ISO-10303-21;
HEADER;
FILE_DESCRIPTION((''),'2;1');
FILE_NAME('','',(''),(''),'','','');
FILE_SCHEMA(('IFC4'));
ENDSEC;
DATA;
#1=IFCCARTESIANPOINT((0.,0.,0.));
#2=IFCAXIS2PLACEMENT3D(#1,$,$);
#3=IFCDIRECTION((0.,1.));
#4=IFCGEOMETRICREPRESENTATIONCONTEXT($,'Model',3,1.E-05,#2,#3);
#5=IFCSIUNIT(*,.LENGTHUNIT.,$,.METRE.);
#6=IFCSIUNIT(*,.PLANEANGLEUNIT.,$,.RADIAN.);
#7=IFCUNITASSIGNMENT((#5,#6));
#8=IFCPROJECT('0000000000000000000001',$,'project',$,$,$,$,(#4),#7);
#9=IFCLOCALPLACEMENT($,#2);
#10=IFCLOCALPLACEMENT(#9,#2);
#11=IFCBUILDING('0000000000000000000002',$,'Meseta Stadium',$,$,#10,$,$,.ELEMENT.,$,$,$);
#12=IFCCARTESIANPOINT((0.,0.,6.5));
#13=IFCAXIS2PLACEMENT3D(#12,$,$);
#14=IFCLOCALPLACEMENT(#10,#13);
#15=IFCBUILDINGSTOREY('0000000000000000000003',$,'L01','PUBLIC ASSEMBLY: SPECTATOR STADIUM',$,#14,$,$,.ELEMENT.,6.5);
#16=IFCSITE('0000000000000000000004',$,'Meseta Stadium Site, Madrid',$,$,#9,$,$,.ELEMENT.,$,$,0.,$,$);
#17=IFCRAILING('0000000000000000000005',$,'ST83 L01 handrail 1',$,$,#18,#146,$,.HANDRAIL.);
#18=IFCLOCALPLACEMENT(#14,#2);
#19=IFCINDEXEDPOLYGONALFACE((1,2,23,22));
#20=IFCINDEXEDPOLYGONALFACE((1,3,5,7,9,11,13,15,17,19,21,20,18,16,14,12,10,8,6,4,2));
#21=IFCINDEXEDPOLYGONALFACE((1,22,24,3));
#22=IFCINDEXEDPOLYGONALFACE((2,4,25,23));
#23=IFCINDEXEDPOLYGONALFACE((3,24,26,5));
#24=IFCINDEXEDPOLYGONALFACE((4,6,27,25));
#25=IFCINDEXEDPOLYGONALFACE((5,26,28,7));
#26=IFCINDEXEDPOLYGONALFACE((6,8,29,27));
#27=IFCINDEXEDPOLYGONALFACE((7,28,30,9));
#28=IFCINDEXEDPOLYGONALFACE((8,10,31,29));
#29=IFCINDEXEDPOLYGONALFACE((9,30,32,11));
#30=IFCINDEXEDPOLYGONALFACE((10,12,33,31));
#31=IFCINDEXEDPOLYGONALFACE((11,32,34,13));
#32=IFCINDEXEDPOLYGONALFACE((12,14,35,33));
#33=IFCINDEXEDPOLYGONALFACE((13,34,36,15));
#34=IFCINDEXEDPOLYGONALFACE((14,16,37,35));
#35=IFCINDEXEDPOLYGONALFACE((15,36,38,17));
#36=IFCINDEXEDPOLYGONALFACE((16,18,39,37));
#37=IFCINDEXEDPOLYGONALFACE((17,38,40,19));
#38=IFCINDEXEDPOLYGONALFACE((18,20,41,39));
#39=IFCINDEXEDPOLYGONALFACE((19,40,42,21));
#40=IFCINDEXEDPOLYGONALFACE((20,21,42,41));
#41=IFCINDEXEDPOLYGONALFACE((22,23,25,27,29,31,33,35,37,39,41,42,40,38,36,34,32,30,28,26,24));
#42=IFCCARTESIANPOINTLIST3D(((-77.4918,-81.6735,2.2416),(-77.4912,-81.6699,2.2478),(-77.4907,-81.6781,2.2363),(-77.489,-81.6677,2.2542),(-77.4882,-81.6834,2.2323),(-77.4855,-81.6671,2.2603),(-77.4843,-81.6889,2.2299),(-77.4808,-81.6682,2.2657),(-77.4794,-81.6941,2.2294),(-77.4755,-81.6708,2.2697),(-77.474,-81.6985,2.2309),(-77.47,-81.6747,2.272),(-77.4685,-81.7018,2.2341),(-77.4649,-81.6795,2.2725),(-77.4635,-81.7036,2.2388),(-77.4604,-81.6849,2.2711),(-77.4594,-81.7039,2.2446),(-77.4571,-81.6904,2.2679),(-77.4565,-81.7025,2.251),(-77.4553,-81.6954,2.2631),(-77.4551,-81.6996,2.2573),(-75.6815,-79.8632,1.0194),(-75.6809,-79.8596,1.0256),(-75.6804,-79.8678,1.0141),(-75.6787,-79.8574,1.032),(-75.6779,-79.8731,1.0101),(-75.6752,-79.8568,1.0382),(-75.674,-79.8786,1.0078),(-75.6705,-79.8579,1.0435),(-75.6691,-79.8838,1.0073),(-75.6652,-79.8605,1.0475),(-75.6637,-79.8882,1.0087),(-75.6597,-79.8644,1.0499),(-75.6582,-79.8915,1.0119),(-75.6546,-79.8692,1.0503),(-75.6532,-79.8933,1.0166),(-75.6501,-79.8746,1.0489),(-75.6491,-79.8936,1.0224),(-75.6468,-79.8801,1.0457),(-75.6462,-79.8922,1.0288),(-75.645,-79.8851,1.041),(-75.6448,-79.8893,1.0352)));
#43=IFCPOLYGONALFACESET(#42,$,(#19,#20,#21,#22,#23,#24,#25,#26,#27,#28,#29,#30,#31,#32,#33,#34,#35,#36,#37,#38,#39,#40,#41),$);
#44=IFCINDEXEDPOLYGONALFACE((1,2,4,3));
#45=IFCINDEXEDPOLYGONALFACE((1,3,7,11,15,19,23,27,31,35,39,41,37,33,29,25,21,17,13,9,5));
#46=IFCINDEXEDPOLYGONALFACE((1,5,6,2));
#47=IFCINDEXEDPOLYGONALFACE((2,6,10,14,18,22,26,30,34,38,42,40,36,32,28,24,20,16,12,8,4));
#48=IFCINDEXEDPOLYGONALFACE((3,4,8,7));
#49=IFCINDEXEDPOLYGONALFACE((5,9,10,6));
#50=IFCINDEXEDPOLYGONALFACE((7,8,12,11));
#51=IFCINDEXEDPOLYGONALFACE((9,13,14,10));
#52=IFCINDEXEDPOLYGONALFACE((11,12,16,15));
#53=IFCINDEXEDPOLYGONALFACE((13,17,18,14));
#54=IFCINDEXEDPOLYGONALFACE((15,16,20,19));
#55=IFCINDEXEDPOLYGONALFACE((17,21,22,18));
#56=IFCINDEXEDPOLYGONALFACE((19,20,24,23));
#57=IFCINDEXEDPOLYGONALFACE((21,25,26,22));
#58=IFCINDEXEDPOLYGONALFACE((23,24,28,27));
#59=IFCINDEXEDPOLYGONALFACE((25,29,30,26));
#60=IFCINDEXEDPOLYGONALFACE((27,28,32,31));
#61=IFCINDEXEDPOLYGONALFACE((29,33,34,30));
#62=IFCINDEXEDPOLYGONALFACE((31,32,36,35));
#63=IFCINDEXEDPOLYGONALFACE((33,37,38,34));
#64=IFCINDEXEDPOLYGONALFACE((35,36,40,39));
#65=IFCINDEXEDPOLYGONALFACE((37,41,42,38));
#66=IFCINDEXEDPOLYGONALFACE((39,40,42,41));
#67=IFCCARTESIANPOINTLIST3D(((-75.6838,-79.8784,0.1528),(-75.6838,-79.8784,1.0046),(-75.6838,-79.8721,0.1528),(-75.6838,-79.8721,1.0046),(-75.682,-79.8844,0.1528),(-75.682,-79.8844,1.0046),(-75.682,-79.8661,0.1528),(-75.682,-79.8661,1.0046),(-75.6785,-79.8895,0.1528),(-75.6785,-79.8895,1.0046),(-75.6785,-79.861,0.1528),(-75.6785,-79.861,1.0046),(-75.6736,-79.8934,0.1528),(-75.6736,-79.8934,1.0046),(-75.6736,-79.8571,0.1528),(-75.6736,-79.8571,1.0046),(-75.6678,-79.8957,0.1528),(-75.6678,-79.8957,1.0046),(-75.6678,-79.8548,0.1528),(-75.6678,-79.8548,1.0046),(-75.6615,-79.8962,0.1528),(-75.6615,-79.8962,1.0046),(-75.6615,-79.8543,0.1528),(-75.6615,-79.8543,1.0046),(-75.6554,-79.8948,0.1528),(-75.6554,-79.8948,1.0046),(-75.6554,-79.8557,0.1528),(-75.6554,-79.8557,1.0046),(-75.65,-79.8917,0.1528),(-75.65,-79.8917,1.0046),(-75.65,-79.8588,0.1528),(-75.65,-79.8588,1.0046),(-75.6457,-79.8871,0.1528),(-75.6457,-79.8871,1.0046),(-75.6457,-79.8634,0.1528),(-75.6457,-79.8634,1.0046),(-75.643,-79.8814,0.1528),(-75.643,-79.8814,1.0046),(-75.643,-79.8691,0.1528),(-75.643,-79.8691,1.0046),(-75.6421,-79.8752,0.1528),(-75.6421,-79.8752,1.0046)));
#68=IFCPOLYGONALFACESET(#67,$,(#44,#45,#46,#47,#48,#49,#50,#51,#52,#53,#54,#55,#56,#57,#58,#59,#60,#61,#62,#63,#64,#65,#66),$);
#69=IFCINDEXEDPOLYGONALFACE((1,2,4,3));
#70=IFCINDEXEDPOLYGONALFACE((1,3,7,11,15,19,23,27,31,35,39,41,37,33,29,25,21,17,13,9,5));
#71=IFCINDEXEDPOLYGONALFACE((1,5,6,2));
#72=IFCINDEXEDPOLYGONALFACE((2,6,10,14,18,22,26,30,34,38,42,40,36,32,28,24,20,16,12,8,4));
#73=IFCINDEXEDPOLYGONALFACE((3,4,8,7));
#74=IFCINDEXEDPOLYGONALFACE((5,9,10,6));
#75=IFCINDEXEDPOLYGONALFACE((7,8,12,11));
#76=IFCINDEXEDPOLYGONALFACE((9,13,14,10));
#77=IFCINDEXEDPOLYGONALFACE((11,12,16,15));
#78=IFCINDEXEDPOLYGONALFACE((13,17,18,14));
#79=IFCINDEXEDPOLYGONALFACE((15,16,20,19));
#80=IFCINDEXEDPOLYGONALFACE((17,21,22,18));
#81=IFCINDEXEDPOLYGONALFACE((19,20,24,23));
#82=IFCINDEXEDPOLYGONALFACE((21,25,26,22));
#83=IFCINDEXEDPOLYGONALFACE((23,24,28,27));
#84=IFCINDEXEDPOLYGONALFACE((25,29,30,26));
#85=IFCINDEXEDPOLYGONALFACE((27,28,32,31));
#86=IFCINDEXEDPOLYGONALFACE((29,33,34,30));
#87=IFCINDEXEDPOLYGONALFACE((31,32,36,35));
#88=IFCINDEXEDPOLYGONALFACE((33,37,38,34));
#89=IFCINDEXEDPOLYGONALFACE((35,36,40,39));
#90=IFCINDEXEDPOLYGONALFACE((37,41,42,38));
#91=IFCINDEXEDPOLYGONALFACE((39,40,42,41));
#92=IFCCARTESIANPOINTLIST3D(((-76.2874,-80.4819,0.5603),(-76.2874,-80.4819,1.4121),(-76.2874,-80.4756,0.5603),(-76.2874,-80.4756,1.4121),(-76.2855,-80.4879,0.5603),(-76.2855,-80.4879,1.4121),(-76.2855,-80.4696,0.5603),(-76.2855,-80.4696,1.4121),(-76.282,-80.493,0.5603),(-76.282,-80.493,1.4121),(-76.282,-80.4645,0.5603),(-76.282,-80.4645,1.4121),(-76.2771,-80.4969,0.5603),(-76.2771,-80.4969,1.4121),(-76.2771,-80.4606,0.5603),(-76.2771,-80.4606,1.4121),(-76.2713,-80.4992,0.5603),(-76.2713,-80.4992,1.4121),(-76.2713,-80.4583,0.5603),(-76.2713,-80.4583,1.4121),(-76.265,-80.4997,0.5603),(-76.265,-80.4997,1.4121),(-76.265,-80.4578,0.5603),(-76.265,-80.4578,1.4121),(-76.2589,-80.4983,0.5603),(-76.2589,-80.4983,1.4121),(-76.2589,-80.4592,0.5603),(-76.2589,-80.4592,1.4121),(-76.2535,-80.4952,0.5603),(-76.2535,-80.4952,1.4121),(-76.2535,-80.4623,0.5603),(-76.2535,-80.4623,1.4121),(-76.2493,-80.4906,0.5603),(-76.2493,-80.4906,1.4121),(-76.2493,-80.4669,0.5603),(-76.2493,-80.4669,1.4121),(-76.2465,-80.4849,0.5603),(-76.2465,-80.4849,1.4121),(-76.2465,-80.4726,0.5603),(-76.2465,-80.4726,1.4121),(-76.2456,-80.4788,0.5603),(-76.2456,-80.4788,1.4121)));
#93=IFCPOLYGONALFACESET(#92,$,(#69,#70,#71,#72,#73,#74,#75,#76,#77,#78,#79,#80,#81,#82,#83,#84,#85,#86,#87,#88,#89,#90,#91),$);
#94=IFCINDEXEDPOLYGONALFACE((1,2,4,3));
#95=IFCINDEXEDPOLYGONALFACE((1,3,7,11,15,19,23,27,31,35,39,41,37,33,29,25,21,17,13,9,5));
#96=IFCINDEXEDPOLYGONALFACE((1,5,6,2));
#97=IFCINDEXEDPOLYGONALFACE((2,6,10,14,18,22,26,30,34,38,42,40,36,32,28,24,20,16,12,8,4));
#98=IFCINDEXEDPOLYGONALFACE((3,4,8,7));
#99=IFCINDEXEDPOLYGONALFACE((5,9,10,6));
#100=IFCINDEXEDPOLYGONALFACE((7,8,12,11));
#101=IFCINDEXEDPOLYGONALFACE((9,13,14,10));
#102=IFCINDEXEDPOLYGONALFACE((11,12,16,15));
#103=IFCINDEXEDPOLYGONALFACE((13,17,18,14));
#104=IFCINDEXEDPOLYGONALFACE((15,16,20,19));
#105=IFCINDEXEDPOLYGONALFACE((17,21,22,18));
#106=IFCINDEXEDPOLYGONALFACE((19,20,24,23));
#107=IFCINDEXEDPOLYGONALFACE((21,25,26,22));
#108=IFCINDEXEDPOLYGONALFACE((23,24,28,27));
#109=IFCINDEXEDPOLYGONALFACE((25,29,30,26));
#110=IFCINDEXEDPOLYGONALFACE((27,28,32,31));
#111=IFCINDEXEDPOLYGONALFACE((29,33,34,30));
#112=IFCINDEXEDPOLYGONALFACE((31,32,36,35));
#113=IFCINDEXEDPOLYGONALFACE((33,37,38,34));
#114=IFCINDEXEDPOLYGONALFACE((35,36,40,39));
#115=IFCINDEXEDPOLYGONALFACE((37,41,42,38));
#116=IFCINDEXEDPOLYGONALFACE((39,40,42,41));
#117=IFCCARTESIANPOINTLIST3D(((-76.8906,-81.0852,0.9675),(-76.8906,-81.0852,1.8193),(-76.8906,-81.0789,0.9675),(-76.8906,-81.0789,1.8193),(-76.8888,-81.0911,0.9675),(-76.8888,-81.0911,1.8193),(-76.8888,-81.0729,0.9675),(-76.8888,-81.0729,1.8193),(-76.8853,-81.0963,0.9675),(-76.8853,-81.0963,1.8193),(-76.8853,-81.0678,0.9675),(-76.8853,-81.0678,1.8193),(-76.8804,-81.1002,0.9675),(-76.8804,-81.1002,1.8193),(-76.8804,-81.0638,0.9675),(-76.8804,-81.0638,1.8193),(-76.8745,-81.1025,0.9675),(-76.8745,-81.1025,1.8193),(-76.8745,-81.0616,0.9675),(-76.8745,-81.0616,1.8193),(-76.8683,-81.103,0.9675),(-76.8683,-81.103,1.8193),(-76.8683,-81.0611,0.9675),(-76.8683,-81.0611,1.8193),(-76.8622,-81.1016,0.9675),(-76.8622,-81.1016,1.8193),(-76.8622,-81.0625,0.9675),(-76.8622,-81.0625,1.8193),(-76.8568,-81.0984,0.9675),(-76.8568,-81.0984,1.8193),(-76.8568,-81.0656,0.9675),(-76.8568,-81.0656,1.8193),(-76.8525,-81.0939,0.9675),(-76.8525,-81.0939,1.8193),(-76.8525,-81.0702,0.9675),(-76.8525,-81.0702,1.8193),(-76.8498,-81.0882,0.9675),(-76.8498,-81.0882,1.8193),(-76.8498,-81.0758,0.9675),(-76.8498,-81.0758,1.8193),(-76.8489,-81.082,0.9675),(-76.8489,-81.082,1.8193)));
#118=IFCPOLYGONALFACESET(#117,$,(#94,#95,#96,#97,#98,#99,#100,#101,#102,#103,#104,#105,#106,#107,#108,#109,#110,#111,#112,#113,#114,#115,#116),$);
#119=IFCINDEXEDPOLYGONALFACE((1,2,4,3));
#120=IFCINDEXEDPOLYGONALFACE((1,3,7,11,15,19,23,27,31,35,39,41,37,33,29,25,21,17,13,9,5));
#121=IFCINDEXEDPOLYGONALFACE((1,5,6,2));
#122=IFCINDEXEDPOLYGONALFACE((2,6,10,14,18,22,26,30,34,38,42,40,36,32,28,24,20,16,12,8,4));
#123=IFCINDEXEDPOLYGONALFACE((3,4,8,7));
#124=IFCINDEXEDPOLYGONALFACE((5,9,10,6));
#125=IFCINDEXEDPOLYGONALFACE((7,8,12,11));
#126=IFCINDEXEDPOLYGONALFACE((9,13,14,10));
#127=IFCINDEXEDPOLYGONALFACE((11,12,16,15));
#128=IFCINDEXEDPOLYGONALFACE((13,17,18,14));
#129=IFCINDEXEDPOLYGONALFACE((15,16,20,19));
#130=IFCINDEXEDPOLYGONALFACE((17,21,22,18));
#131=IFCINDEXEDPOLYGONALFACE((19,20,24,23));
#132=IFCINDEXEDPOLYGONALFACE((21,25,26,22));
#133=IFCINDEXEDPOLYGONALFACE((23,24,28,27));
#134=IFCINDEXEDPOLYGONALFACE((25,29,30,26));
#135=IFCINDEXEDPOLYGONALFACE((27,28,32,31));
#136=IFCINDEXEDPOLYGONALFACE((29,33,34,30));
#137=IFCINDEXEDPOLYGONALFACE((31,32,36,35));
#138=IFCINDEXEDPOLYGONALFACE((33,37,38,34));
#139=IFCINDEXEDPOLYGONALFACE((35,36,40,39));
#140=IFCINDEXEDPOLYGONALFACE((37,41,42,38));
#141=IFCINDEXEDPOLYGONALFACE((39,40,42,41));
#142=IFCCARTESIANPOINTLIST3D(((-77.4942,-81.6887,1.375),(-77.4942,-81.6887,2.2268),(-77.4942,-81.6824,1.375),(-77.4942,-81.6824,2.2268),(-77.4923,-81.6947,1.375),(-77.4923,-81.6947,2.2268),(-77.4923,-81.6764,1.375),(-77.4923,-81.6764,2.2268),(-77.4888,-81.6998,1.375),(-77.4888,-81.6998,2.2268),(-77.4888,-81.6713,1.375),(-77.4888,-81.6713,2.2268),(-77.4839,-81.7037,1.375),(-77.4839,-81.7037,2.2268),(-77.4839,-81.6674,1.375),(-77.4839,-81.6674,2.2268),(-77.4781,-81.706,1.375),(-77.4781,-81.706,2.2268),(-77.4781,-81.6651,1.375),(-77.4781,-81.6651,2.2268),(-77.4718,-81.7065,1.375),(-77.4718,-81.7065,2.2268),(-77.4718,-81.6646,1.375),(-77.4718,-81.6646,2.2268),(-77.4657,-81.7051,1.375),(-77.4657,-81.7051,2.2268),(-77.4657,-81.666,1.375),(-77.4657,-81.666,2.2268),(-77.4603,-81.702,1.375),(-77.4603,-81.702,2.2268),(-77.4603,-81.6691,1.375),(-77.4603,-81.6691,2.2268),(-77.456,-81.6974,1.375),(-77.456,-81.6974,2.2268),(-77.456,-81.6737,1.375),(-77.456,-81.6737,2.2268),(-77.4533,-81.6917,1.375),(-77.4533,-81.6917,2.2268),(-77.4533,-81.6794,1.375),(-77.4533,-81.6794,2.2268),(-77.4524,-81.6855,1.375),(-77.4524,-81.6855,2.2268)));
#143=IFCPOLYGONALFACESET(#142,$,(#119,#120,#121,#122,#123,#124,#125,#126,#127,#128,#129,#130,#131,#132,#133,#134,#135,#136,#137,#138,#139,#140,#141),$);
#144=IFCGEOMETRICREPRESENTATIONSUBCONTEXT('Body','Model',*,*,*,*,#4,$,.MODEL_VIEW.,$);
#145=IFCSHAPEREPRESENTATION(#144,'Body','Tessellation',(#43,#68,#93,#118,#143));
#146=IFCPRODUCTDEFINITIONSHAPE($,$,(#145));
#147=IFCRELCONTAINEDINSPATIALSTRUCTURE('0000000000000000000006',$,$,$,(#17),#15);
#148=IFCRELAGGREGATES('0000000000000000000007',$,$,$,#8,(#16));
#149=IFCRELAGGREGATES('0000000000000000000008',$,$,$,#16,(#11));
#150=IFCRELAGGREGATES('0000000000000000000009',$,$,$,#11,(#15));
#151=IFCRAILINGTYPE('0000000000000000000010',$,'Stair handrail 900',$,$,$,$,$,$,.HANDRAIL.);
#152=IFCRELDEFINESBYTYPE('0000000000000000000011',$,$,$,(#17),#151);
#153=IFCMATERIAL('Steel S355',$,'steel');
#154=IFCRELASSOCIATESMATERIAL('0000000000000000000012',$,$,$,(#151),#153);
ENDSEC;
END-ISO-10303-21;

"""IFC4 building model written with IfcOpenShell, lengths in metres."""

from ifc_helpers import new_model, si_unit, direction, frame, origin, origin_2d, place, context, subcontext, project, spatial, circle, extrude, material, type_object, element, save


model = new_model("IFC4")

# Units and contexts
model_context = context("Model", 3, precision=1e-05, world=origin(), true_north=direction((0.0, 1.0)))
body_context = subcontext(model_context, "Body", "Model", "MODEL_VIEW")
ifc_project = project(units=[si_unit("LENGTHUNIT", "METRE"), si_unit("PLANEANGLEUNIT", "RADIAN")], contexts=[model_context])

# Site, building, storey
site_placement = place(None, origin())
site = spatial("IfcSite", under=ifc_project, at=site_placement, Name="Meseta Stadium Site, Madrid", CompositionType="ELEMENT", RefElevation=0.0)
building_placement = place(site_placement, origin())
building = spatial("IfcBuilding", under=site, at=building_placement, Name="Meseta Stadium", CompositionType="ELEMENT")
storey_placement = place(building_placement, frame((0.0, 0.0, 6.5)))
storey = spatial("IfcBuildingStorey", under=building, at=storey_placement, Name="L01", Description="PUBLIC ASSEMBLY: SPECTATOR STADIUM", CompositionType="ELEMENT", Elevation=6.5)

# Railing
ifc_material_1 = material(Name="Steel S355", Category="steel")
railing_type_1 = type_object("IfcRailingType", Name="Stair handrail 900", PredefinedType="HANDRAIL", material=ifc_material_1)
for number, where, name in (
    (1, (-75.6631, -79.8752, 0.1528), "ST83 L01 handrail 1"),
):
    element("IfcRailing", number, at=place(storey_placement, frame(where)), inside=storey, type_object=railing_type_1, Name=name, PredefinedType="HANDRAIL", context=body_context, shape_type="SweptSolid", body=[
        extrude(circle(Radius=0.0239, at=origin_2d()), frame((0.0, 0.0, 0.876), z_axis=(-0.638124, -0.638124, 0.430809), x_axis=(0.707107, -0.707107, 0.0)), (0.0, 0.0, 1.0), 2.8369),
        extrude(circle(Radius=0.021, at=origin_2d()), origin(), (0.0, 0.0, 1.0), 0.8518),
        extrude(circle(Radius=0.021, at=origin_2d()), frame((-0.6035, -0.6035, 0.4075)), (0.0, 0.0, 1.0), 0.8518),
        extrude(circle(Radius=0.021, at=origin_2d()), frame((-1.2068, -1.2068, 0.8147)), (0.0, 0.0, 1.0), 0.8518),
        extrude(circle(Radius=0.021, at=origin_2d()), frame((-1.8103, -1.8103, 1.2222)), (0.0, 0.0, 1.0), 0.8518),
    ])

save(model, "model.ifc")
